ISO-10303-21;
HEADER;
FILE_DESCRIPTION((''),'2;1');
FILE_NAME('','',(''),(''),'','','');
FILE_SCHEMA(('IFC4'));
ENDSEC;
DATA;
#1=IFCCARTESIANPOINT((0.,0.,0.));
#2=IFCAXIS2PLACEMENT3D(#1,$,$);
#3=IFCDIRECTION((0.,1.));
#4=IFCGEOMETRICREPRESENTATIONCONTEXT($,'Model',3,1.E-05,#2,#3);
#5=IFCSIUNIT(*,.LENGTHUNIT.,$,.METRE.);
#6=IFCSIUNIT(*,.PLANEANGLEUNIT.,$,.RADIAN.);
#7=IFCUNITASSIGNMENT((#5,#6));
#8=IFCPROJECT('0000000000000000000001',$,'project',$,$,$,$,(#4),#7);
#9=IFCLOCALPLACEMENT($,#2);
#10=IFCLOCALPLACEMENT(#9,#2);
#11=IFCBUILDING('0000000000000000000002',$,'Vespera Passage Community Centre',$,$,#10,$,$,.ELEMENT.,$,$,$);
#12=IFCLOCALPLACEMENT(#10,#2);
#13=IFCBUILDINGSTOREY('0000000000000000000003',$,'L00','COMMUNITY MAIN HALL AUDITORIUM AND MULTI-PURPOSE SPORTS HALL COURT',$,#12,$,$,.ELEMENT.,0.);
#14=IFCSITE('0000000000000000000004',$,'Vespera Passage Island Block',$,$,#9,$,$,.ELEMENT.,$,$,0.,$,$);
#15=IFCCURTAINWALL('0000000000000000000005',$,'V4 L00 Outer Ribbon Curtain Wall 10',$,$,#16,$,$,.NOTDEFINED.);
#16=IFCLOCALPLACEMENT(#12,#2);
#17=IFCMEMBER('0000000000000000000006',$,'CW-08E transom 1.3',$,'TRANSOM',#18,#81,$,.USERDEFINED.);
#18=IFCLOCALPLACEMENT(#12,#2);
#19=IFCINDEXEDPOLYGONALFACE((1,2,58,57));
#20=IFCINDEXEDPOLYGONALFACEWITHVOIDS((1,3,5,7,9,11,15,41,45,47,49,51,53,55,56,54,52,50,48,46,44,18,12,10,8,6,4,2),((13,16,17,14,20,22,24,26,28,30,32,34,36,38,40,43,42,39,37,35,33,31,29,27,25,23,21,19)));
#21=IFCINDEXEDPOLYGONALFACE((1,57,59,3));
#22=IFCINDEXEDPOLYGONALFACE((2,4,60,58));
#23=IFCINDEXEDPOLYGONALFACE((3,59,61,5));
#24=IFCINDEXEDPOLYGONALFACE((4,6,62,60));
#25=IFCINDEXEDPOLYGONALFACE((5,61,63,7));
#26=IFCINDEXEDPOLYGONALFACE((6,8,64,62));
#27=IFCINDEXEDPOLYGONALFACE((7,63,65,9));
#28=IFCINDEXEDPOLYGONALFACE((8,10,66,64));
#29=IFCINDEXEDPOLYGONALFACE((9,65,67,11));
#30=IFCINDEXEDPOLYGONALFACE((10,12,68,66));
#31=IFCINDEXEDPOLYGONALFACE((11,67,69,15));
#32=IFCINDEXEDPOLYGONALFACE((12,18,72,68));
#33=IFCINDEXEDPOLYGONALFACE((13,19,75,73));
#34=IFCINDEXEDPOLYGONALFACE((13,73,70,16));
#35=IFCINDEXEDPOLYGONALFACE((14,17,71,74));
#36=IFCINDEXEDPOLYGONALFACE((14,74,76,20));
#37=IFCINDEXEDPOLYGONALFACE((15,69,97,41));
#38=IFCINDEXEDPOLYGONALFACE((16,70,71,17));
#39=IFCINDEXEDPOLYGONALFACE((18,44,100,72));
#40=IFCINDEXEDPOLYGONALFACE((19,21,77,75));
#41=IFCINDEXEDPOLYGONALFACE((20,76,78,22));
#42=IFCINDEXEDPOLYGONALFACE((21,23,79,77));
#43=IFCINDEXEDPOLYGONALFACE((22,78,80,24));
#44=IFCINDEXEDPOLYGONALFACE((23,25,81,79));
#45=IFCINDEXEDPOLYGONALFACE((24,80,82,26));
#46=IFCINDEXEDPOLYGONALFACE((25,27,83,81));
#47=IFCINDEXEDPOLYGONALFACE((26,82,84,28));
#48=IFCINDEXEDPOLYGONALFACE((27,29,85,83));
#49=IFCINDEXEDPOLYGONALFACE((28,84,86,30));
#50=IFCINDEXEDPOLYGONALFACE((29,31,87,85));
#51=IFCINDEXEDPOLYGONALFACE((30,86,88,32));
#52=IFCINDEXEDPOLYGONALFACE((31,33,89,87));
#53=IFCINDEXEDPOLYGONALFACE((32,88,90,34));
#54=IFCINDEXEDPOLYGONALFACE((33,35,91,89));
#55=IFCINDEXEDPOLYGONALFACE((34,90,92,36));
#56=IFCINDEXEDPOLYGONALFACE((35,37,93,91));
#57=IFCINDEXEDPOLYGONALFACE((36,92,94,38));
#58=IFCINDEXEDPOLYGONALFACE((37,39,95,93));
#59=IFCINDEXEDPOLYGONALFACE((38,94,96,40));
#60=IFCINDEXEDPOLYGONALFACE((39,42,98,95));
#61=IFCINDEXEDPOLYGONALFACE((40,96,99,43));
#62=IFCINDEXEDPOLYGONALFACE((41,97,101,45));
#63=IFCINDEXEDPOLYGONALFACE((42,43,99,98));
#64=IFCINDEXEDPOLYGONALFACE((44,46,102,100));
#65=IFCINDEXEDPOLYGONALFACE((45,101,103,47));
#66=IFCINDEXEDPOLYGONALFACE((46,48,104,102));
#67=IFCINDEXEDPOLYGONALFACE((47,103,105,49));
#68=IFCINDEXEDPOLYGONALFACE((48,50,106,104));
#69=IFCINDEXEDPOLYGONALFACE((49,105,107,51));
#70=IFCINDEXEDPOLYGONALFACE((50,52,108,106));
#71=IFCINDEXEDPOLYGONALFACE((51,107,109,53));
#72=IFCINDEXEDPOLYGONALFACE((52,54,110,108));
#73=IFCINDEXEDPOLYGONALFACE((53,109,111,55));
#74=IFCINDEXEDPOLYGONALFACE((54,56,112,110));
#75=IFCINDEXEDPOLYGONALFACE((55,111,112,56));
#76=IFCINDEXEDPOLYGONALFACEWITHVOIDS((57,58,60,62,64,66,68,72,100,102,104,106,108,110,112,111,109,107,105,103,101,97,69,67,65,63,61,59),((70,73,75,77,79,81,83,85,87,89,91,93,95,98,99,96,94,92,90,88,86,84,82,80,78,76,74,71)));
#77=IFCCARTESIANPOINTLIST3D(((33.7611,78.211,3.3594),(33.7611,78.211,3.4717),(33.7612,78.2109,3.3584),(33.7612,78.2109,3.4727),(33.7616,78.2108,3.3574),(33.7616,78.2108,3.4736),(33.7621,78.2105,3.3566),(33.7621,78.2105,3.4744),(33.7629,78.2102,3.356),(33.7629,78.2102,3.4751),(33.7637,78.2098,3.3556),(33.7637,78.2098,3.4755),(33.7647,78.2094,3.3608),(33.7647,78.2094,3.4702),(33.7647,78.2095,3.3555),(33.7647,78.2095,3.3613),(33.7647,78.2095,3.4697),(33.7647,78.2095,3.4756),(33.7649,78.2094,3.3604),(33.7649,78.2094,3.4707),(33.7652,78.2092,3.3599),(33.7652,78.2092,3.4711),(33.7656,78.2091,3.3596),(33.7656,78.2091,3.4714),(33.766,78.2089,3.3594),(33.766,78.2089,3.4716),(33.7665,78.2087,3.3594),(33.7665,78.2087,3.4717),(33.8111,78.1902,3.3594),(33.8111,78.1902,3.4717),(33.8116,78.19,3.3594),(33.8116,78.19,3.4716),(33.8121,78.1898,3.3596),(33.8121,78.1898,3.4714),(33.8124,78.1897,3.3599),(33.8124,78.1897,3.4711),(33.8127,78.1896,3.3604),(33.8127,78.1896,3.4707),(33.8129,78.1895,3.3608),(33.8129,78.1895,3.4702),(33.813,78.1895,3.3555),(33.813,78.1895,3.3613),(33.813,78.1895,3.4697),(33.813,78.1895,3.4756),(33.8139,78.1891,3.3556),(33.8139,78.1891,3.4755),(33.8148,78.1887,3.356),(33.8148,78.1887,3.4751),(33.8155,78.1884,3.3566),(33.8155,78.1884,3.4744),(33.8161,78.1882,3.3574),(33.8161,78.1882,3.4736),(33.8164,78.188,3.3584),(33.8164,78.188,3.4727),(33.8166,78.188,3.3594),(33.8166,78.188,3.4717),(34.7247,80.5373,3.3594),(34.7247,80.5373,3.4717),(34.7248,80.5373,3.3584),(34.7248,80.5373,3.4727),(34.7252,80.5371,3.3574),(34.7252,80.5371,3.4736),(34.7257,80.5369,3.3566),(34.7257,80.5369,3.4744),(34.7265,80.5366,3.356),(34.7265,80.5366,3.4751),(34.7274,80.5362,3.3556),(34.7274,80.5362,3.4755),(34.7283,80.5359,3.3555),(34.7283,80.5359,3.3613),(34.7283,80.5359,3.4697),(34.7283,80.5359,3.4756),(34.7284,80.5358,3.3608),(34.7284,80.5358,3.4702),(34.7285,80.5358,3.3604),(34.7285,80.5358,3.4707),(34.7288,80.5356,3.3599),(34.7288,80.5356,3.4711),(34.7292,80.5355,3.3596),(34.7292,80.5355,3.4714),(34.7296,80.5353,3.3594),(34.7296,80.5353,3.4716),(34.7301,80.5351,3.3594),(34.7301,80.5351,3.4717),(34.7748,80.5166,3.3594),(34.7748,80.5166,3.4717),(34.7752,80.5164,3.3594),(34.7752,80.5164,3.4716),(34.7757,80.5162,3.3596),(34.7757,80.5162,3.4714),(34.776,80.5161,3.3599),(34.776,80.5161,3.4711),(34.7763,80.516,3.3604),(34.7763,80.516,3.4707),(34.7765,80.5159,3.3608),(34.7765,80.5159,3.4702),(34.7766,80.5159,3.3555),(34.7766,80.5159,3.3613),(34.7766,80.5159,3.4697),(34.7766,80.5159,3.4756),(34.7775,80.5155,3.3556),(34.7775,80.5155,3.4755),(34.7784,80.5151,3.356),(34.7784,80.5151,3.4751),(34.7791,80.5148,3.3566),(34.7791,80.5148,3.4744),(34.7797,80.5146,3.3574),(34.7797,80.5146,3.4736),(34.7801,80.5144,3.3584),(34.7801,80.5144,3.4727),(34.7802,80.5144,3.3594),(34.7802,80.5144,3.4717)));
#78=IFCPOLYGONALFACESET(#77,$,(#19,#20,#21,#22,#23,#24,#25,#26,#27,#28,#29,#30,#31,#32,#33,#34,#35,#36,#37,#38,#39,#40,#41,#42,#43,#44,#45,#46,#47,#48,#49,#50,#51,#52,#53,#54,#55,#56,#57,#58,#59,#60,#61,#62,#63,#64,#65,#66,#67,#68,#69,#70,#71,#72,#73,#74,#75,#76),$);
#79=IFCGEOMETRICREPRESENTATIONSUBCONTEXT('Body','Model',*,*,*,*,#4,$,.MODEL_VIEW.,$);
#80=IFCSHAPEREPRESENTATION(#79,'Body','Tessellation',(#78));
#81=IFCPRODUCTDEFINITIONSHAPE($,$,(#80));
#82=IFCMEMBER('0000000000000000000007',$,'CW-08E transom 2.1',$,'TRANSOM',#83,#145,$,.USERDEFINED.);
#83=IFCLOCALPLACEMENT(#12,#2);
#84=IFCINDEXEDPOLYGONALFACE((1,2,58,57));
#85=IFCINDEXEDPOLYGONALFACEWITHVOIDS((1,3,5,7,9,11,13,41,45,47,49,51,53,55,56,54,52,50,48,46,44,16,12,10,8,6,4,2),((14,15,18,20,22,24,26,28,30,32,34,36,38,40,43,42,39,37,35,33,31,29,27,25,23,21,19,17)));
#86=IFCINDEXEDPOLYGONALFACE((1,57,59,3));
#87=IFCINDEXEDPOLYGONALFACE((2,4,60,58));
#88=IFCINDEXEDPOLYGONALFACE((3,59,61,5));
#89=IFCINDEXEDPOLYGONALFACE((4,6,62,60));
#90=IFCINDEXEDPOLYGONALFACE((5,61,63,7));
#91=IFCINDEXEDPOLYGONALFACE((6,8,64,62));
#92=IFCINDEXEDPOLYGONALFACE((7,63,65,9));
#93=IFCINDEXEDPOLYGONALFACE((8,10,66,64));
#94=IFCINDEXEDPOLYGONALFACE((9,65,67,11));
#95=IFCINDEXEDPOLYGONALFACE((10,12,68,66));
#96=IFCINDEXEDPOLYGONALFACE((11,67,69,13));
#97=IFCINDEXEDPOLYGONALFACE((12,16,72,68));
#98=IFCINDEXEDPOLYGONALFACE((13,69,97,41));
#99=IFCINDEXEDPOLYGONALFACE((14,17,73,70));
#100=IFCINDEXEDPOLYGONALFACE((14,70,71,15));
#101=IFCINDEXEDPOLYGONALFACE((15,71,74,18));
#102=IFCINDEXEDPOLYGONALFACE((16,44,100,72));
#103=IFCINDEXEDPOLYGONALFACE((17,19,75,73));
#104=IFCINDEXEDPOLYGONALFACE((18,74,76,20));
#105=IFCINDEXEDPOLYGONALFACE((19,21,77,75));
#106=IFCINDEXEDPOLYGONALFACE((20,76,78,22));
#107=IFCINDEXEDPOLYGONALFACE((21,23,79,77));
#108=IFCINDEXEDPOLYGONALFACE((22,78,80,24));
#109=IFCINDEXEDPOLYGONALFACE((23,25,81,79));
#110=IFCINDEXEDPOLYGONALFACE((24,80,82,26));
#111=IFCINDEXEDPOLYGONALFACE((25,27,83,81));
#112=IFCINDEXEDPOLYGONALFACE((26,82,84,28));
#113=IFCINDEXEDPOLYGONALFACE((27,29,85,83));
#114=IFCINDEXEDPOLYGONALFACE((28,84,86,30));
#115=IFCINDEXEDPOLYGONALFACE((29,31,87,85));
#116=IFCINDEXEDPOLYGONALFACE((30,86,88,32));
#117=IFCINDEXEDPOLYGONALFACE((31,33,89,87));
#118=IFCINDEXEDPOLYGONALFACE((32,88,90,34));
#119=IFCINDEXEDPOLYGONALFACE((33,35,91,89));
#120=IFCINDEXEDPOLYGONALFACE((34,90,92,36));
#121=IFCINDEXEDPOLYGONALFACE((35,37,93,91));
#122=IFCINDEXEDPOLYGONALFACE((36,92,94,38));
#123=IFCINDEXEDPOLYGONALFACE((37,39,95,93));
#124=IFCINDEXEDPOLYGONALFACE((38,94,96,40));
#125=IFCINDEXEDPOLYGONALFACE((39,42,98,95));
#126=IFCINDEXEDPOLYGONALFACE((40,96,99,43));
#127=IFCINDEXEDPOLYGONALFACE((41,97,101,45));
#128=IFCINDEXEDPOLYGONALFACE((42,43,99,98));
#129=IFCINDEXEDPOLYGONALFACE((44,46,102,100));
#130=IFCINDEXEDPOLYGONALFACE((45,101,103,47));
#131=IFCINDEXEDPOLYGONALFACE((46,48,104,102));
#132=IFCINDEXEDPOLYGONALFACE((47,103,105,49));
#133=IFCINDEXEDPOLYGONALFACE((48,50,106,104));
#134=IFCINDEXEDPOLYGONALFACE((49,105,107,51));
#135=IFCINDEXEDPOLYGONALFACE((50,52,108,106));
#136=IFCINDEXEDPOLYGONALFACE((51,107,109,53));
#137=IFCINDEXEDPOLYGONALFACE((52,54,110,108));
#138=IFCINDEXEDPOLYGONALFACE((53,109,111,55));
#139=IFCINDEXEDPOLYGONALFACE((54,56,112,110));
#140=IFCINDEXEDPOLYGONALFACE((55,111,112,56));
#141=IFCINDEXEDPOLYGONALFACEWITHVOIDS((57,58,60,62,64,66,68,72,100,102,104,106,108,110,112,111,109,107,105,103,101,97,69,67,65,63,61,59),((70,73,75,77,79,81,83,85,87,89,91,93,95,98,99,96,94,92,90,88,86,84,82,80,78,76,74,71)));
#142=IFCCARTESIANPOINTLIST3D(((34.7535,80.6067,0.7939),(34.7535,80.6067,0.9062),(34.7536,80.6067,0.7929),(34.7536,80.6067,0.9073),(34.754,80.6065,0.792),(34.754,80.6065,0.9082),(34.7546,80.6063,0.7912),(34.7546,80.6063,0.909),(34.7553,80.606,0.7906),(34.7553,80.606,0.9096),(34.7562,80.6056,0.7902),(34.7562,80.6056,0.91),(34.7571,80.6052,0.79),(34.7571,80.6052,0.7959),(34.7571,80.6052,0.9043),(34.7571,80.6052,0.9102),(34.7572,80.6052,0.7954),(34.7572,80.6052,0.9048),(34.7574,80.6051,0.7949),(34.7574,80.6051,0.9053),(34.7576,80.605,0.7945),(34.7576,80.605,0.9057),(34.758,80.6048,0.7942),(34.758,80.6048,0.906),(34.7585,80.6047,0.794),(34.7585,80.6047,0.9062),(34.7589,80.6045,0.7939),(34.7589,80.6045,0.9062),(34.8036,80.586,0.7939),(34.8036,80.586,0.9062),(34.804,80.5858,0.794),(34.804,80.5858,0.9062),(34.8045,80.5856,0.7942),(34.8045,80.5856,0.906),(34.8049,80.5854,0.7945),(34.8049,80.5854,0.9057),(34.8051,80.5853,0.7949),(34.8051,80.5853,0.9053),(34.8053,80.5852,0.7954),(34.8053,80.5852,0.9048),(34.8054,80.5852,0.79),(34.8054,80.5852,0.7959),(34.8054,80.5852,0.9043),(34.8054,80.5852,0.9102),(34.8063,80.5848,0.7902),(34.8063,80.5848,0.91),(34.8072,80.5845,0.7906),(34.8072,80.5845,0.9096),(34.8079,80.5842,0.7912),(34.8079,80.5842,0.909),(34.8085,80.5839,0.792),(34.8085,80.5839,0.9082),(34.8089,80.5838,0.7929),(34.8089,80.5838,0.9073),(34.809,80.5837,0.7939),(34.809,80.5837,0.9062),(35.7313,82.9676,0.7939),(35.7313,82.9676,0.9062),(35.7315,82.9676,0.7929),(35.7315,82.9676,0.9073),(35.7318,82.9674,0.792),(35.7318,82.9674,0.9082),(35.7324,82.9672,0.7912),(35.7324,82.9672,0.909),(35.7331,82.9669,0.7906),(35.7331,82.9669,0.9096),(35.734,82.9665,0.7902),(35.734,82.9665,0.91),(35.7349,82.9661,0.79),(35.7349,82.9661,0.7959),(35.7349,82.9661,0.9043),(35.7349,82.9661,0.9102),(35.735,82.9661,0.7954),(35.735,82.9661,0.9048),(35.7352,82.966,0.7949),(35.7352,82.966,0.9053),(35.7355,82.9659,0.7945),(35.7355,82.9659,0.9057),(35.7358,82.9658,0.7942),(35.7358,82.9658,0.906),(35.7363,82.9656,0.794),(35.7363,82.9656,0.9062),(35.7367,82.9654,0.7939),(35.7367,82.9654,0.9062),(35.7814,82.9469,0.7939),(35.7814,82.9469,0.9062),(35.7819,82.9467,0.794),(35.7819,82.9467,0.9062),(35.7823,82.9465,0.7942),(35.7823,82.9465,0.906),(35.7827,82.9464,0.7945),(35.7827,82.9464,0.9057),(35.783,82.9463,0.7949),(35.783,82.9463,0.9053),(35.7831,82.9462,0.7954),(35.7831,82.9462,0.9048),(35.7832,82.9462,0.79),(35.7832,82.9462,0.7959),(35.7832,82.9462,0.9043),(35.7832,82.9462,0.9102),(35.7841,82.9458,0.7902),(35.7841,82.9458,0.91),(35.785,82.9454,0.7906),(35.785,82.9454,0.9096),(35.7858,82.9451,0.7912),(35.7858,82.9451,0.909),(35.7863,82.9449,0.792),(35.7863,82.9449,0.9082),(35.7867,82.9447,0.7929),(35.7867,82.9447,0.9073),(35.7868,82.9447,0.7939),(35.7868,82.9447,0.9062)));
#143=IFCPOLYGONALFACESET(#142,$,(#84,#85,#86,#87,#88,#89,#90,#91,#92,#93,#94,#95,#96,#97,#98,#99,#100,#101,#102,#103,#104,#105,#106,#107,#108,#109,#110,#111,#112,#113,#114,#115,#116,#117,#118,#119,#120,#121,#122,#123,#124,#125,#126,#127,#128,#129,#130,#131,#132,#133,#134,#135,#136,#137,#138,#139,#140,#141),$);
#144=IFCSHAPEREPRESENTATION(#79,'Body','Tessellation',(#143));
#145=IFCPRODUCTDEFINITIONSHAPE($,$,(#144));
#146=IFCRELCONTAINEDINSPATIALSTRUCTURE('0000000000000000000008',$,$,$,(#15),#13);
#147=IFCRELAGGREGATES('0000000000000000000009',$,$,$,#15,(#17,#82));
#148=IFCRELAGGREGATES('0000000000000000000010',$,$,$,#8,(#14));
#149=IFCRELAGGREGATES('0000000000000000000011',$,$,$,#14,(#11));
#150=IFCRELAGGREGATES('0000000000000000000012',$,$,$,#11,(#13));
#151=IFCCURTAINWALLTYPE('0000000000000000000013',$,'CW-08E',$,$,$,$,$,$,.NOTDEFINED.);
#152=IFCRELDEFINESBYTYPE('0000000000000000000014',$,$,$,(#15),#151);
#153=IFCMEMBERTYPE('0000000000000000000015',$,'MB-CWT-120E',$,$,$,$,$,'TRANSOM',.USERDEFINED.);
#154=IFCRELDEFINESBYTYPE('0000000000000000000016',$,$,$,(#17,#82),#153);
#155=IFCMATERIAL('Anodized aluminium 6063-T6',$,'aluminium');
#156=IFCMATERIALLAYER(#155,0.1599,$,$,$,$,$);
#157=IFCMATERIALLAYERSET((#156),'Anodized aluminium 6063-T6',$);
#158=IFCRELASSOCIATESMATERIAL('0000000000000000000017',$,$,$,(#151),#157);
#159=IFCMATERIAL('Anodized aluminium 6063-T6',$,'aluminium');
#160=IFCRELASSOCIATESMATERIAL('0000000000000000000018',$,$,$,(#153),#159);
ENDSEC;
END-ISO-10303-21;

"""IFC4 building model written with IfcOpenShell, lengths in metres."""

from ifc_helpers import new_model, si_unit, direction, frame, origin, origin_2d, place, context, subcontext, project, spatial, hollow_rectangle, extrude, material, layer, layer_set, material_profile, profile_set, type_object, element, aggregate, save


model = new_model("IFC4")

# Units and contexts
model_context = context("Model", 3, precision=1e-05, world=origin(), true_north=direction((0.0, 1.0)))
body_context = subcontext(model_context, "Body", "Model", "MODEL_VIEW")
ifc_project = project(units=[si_unit("LENGTHUNIT", "METRE"), si_unit("PLANEANGLEUNIT", "RADIAN")], contexts=[model_context])

# Site, building, storey
site_placement = place(None, origin())
site = spatial("IfcSite", under=ifc_project, at=site_placement, Name="Vespera Passage Island Block", CompositionType="ELEMENT", RefElevation=0.0)
building_placement = place(site_placement, origin())
building = spatial("IfcBuilding", under=site, at=building_placement, Name="Vespera Passage Community Centre", CompositionType="ELEMENT")
storey_placement = place(building_placement, origin())
storey = spatial("IfcBuildingStorey", under=building, at=storey_placement, Name="L00", Description="COMMUNITY MAIN HALL AUDITORIUM AND MULTI-PURPOSE SPORTS HALL COURT", CompositionType="ELEMENT", Elevation=0.0)

# Curtain wall, members
ifc_material_1 = material(Name="Anodized aluminium 6063-T6", Category="aluminium")
ifc_layer_1 = layer(ifc_material_1, 0.1599)
ifc_layer_set_1 = layer_set([ifc_layer_1], Name="Anodized aluminium 6063-T6")
curtain_wall_type_1 = type_object("IfcCurtainWallType", Name="CW-08E", PredefinedType="NOTDEFINED", material=ifc_layer_set_1)
curtain_wall_1_placement = place(storey_placement, origin())
curtain_wall_1 = element("IfcCurtainWall", 1, at=curtain_wall_1_placement, inside=storey, type_object=curtain_wall_type_1, Name="V4 L00 Outer Ribbon Curtain Wall 10", PredefinedType="NOTDEFINED")
ifc_material_2 = material(Name="Anodized aluminium 6063-T6", Category="aluminium")
ifc_material_profile_1 = material_profile(ifc_material_2, hollow_rectangle(XDim=0.0601, YDim=0.1201, WallThickness=0.0039, InnerFilletRadius=0.002, OuterFilletRadius=0.0039, at=origin_2d()), Name="ALU120X60X4")
ifc_profile_set_1 = profile_set([ifc_material_profile_1], Name="Anodized aluminium 6063-T6")
member_type_1 = type_object("IfcMemberType", Name="MB-CWT-120E", ElementType="TRANSOM", PredefinedType="USERDEFINED", material=ifc_profile_set_1)
member_1_placement = place(storey_placement, frame((33.7888, 78.1995, 3.4155), z_axis=(0.38268, 0.923881, 0.0), x_axis=(-0.923881, 0.38268, 0.0)))
member_1 = element("IfcMember", 2, at=member_1_placement, type_object=member_type_1, Name="CW-08E transom 1.3", ObjectType="TRANSOM", PredefinedType="USERDEFINED", context=body_context, shape_type="SweptSolid", body=[
    extrude(hollow_rectangle(XDim=0.0601, YDim=0.1201, WallThickness=0.0039, InnerFilletRadius=0.002, OuterFilletRadius=0.0039, at=origin_2d()), origin(), (0.0, 0.0, 1.0), 2.5181),
])
member_2_placement = place(storey_placement, frame((34.7812, 80.5952, 0.8501), z_axis=(0.382647, 0.923895, 0.0), x_axis=(-0.923895, 0.382647, 0.0)))
member_2 = element("IfcMember", 3, at=member_2_placement, type_object=member_type_1, Name="CW-08E transom 2.1", ObjectType="TRANSOM", PredefinedType="USERDEFINED", context=body_context, shape_type="SweptSolid", body=[
    extrude(hollow_rectangle(XDim=0.0601, YDim=0.1201, WallThickness=0.0039, InnerFilletRadius=0.002, OuterFilletRadius=0.0039, at=origin_2d()), origin(), (0.0, 0.0, 1.0), 2.5554),
])

aggregate(curtain_wall_1, [member_1, member_2])

save(model, "model.ifc")
